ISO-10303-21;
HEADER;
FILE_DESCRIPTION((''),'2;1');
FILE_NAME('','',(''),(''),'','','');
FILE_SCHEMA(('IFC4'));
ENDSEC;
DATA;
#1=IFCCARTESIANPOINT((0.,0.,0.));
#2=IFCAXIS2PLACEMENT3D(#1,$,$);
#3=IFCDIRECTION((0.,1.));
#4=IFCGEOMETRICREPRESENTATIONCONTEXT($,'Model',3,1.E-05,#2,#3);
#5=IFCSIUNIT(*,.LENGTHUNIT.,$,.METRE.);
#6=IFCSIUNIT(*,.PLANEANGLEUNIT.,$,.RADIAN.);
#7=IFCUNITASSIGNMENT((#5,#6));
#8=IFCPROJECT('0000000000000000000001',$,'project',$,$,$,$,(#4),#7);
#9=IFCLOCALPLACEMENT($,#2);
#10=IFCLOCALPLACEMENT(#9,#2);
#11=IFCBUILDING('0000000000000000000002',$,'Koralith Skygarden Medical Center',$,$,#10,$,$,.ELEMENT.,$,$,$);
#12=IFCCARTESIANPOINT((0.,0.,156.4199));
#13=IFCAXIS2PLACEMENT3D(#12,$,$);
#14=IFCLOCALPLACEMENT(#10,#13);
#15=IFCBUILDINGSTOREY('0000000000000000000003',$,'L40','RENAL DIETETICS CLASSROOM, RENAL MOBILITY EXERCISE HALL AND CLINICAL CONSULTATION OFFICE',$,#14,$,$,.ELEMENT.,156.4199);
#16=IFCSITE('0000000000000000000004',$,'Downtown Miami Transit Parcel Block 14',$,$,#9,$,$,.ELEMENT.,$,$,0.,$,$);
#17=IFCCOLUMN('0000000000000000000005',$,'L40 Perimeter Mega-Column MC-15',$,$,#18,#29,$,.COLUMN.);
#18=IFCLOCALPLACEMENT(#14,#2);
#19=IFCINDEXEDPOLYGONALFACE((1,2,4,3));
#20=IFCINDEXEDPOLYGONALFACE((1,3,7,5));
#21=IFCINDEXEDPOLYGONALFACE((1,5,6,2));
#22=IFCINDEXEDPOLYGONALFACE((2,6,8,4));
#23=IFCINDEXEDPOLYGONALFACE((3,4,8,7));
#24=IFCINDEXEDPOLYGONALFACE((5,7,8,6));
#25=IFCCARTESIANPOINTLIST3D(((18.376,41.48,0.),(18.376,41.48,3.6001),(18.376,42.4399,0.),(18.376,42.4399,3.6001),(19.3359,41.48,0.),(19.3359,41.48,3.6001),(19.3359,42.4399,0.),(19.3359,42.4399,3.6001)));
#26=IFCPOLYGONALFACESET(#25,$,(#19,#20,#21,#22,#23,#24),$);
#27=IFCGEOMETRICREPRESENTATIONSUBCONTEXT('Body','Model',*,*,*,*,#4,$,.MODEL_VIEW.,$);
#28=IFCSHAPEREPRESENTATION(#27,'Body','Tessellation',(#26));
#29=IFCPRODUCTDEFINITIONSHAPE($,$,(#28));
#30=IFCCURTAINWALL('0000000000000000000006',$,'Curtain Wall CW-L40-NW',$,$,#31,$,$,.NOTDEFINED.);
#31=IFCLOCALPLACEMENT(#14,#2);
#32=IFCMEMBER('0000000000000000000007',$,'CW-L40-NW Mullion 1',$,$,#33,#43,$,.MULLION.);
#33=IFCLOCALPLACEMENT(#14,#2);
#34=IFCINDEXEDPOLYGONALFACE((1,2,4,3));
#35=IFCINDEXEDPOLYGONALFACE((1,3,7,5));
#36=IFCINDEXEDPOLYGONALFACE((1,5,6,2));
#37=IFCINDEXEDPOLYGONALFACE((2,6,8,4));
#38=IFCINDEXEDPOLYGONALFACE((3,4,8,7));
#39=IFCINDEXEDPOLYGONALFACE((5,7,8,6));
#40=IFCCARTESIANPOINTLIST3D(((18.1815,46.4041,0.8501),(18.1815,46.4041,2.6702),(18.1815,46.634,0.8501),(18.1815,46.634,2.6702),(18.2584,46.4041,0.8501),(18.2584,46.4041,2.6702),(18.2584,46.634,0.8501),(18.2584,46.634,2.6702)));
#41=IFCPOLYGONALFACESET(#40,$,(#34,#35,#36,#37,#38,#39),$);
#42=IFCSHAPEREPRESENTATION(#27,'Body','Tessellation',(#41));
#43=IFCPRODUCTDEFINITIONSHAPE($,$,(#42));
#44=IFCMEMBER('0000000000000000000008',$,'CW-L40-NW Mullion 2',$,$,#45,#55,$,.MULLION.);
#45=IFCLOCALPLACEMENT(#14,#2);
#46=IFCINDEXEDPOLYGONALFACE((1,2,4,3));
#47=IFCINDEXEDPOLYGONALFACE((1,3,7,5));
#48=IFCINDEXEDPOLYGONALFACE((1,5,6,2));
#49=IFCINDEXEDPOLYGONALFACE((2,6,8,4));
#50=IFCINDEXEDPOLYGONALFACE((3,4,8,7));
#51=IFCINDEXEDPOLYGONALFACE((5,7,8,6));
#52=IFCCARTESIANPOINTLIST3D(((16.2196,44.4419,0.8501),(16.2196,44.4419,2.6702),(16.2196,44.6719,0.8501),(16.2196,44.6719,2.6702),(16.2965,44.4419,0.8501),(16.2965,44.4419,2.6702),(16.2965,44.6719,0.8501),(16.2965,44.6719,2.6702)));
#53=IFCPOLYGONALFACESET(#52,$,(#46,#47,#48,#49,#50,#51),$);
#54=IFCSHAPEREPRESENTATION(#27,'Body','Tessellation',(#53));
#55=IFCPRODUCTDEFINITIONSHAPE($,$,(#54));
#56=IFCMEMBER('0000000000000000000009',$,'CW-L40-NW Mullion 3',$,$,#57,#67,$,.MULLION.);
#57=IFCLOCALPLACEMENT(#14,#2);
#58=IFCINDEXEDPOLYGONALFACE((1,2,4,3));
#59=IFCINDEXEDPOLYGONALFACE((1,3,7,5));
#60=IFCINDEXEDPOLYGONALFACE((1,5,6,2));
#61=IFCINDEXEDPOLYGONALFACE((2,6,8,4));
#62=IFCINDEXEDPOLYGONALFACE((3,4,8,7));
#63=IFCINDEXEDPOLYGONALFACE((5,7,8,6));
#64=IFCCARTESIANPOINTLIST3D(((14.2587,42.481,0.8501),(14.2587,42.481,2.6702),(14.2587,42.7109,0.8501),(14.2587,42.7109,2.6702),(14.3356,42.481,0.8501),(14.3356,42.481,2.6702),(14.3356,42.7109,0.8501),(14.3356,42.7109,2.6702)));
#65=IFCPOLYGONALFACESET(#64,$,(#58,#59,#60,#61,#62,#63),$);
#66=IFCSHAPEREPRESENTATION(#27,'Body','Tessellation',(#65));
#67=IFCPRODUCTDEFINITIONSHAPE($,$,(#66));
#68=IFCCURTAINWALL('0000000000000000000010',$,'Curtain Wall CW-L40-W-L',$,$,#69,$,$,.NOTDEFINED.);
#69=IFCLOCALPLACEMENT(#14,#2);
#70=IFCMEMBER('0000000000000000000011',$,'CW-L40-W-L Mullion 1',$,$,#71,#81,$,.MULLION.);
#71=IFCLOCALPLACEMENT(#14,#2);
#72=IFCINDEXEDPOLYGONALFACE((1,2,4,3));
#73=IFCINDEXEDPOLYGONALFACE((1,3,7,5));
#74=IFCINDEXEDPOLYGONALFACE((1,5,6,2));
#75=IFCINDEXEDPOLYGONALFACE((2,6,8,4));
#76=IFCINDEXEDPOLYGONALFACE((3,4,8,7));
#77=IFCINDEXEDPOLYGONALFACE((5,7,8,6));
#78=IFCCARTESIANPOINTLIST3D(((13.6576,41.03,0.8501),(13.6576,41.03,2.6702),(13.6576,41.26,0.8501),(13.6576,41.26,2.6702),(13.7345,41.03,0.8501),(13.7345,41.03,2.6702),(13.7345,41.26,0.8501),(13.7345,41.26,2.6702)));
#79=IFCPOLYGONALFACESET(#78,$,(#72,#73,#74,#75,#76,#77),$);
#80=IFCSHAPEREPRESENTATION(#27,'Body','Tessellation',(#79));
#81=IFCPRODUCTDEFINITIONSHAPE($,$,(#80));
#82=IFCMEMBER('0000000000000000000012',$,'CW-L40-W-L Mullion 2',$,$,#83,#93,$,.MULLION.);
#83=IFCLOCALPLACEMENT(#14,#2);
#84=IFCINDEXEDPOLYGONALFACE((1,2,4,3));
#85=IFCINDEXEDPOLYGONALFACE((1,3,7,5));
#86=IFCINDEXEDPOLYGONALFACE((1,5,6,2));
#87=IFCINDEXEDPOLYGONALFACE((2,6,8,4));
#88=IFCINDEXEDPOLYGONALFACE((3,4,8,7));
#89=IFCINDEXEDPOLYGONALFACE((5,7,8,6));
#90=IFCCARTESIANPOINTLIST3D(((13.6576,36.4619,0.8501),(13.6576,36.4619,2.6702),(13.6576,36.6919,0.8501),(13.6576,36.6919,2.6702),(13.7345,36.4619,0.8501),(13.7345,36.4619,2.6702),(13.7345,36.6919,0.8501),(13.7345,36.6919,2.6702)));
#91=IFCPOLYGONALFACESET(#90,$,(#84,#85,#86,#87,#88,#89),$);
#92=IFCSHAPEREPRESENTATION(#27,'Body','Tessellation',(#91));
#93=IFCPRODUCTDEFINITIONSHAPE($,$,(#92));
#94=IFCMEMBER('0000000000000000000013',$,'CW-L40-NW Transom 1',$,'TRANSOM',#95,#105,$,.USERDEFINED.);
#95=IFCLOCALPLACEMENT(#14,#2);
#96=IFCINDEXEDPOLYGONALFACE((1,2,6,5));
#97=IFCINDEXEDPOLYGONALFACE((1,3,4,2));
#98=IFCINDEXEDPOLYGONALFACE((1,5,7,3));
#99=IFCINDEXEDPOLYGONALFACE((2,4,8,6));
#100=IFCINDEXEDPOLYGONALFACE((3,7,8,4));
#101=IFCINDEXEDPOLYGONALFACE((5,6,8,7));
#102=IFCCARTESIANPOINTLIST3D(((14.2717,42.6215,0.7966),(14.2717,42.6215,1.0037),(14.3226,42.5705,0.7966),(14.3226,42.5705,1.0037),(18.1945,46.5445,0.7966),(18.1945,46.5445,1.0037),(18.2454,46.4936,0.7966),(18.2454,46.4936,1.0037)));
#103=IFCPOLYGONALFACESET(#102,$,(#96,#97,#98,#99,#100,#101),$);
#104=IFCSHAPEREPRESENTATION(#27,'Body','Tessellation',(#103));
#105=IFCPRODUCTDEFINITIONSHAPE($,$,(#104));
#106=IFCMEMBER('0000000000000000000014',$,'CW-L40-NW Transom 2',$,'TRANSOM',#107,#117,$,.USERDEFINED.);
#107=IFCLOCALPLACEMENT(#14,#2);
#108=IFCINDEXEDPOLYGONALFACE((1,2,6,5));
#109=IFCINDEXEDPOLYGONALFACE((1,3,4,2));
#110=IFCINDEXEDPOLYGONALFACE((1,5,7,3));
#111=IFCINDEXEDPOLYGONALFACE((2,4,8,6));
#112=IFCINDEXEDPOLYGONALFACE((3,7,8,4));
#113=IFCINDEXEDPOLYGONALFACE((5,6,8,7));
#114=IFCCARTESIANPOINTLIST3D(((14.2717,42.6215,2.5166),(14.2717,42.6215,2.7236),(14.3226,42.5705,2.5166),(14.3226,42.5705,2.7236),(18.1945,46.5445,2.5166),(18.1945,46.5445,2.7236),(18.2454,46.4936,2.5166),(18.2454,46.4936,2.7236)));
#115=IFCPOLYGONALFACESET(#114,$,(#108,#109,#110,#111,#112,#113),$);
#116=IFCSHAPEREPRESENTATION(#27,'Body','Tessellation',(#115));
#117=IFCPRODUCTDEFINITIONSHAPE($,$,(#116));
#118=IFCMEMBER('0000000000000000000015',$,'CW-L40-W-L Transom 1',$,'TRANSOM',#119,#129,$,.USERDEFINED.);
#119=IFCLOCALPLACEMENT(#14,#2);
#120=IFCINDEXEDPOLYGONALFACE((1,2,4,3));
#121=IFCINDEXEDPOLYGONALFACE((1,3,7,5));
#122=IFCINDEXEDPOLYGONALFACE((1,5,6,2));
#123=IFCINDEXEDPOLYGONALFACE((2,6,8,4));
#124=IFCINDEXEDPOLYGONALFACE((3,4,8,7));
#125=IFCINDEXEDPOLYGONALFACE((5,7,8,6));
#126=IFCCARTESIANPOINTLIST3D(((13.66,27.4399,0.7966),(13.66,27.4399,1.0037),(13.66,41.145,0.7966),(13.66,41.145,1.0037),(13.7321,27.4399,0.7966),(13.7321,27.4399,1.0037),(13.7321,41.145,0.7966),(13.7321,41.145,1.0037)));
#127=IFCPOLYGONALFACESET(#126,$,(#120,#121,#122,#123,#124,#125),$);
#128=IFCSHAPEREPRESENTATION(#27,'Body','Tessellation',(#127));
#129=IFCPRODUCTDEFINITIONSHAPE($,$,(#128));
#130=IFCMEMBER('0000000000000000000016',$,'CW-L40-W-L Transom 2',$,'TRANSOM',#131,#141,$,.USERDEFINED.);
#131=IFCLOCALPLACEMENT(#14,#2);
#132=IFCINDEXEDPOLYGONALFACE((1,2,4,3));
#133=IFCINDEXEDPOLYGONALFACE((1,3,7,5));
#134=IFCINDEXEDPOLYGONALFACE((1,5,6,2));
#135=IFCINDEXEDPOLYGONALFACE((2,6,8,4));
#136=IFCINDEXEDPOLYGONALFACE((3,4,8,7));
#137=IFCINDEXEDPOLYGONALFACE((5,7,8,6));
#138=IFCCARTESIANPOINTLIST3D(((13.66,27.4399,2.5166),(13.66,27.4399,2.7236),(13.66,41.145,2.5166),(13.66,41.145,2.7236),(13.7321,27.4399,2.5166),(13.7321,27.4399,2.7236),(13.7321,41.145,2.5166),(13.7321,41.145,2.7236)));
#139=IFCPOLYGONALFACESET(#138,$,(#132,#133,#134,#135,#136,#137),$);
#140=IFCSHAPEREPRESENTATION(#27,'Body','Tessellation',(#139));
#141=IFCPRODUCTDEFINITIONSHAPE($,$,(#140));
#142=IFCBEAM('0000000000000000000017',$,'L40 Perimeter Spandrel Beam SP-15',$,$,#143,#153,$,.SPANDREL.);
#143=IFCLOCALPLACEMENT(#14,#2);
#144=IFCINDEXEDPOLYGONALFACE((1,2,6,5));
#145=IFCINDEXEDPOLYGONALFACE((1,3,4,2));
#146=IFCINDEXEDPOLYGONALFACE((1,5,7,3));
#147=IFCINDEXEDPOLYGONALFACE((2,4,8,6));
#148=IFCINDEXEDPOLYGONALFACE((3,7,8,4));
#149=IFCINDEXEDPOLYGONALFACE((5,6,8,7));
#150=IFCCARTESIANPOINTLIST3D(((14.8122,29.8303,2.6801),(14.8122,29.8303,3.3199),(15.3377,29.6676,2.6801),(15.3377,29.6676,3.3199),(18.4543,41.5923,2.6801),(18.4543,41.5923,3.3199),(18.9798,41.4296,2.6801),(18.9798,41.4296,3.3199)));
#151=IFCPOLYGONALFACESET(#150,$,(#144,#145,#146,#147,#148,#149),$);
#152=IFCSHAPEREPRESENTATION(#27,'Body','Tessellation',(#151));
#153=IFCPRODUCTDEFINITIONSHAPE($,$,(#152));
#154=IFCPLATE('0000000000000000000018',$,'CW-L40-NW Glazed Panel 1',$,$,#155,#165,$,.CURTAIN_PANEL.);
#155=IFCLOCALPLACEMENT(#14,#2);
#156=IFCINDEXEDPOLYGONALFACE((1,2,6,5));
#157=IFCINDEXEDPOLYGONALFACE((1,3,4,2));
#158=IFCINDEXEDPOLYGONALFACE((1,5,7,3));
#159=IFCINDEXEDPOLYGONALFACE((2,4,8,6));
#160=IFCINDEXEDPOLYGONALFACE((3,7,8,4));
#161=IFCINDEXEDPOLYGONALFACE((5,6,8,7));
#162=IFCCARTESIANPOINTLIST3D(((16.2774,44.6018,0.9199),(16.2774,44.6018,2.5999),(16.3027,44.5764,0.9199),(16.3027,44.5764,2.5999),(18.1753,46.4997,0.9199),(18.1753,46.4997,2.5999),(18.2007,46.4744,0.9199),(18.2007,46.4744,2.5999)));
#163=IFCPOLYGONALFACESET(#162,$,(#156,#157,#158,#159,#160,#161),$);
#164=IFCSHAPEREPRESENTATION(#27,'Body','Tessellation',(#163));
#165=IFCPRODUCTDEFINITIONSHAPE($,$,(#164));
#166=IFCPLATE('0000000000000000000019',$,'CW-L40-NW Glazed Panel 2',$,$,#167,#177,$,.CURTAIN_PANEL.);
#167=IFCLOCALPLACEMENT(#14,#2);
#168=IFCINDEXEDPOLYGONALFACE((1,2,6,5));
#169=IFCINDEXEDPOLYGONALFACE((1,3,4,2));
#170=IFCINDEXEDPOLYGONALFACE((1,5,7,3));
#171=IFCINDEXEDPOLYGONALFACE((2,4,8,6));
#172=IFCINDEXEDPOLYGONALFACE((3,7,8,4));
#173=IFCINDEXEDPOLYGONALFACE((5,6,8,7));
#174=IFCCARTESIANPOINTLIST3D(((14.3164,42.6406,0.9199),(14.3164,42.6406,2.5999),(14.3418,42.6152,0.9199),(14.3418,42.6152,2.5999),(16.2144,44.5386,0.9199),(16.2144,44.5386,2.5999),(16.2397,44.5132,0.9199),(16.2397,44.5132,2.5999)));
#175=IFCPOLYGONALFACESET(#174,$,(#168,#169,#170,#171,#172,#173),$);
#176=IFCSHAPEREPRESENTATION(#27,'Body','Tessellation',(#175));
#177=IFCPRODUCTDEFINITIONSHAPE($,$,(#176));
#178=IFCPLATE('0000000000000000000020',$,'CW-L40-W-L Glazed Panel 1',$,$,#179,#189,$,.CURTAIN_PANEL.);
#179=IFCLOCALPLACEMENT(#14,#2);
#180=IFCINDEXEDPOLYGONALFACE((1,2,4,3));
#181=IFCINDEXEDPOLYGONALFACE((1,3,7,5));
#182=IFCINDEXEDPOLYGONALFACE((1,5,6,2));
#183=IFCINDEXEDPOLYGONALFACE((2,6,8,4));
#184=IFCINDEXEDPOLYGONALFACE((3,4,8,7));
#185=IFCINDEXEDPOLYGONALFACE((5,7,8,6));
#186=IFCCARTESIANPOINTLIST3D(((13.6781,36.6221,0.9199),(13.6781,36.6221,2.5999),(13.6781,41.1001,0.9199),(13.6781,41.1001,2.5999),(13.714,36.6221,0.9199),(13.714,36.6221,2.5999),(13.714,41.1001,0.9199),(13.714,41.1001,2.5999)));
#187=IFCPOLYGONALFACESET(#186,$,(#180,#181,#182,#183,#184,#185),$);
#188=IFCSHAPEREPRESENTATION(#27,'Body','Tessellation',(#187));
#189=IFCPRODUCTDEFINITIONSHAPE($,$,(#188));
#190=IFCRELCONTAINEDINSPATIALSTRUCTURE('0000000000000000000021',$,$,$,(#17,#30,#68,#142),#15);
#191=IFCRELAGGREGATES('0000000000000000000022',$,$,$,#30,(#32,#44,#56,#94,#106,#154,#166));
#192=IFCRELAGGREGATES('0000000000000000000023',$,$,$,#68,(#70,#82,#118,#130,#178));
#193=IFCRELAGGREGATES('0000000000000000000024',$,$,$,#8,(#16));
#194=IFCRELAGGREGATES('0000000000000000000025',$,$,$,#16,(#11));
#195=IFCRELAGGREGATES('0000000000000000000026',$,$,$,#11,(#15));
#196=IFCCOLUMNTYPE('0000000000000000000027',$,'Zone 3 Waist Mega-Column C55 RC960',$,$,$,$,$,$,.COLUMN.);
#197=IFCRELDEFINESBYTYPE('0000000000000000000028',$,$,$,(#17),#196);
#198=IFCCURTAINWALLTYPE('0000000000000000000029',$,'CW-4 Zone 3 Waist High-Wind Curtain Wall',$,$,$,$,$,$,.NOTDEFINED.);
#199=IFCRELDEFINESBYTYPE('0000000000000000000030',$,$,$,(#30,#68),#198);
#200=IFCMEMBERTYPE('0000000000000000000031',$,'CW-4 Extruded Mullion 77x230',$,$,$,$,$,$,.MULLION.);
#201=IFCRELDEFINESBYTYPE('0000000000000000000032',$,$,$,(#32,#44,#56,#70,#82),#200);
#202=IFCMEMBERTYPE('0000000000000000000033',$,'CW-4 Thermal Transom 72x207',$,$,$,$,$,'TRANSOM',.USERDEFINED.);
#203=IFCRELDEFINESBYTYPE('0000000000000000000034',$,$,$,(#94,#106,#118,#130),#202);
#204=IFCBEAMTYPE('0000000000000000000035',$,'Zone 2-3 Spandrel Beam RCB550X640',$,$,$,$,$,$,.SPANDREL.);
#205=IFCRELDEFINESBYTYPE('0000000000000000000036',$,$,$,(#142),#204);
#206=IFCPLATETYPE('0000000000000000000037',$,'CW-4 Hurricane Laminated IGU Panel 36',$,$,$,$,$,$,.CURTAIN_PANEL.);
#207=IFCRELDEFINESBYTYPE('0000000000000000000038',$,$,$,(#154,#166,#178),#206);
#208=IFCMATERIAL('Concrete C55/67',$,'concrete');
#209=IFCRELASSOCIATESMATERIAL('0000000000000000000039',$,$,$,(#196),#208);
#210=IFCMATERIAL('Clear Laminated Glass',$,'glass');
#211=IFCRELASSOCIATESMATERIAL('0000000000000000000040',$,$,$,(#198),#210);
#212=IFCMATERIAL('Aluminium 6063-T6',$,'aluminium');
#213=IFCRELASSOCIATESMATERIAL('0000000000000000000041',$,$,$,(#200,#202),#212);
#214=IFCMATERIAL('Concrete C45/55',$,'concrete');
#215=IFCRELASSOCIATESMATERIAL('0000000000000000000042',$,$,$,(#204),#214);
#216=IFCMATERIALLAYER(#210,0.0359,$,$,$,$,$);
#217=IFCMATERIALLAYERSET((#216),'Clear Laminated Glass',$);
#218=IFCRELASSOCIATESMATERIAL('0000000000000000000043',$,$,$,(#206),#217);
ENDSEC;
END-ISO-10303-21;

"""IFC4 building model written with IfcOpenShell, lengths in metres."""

from ifc_helpers import new_model, si_unit, direction, frame, origin, origin_2d, place, context, subcontext, project, spatial, rectangle, extrude, material, layer, layer_set, material_profile, profile_set, type_object, element, aggregate, save


model = new_model("IFC4")

# Units and contexts
model_context = context("Model", 3, precision=1e-05, world=origin(), true_north=direction((0.0, 1.0)))
body_context = subcontext(model_context, "Body", "Model", "MODEL_VIEW")
ifc_project = project(units=[si_unit("LENGTHUNIT", "METRE"), si_unit("PLANEANGLEUNIT", "RADIAN")], contexts=[model_context])

# Site, building, storey
site_placement = place(None, origin())
site = spatial("IfcSite", under=ifc_project, at=site_placement, Name="Downtown Miami Transit Parcel Block 14", CompositionType="ELEMENT", RefElevation=0.0)
building_placement = place(site_placement, origin())
building = spatial("IfcBuilding", under=site, at=building_placement, Name="Koralith Skygarden Medical Center", CompositionType="ELEMENT")
storey_placement = place(building_placement, frame((0.0, 0.0, 156.4199)))
storey = spatial("IfcBuildingStorey", under=building, at=storey_placement, Name="L40", Description="RENAL DIETETICS CLASSROOM, RENAL MOBILITY EXERCISE HALL AND CLINICAL CONSULTATION OFFICE", CompositionType="ELEMENT", Elevation=156.4199)

# Column
ifc_material_1 = material(Name="Concrete C55/67", Category="concrete")
ifc_material_profile_1 = material_profile(ifc_material_1, rectangle(XDim=0.96, YDim=0.96, at=origin_2d()), Name="RC960X960")
ifc_profile_set_1 = profile_set([ifc_material_profile_1], Name="Concrete C55/67")
column_type = type_object("IfcColumnType", Name="Zone 3 Waist Mega-Column C55 RC960", PredefinedType="COLUMN", material=ifc_profile_set_1)
column_placement = place(storey_placement, frame((18.856, 41.96, 0.0), z_axis=(0.0, 0.0, 1.0), x_axis=(1.0, 0.0, 0.0)))
element("IfcColumn", 1, at=column_placement, inside=storey, type_object=column_type, Name="L40 Perimeter Mega-Column MC-15", PredefinedType="COLUMN", context=body_context, shape_type="SweptSolid", body=[
    extrude(rectangle(XDim=0.96, YDim=0.96, at=origin_2d()), origin(), (0.0, 0.0, 1.0), 3.6001),
])

# Curtain walls, members
ifc_material_2 = material(Name="Clear Laminated Glass", Category="glass")
curtain_wall_type = type_object("IfcCurtainWallType", Name="CW-4 Zone 3 Waist High-Wind Curtain Wall", PredefinedType="NOTDEFINED", material=ifc_material_2)
curtain_wall_1_placement = place(storey_placement, origin())
curtain_wall_1 = element("IfcCurtainWall", 2, at=curtain_wall_1_placement, inside=storey, type_object=curtain_wall_type, Name="Curtain Wall CW-L40-NW", PredefinedType="NOTDEFINED")
ifc_material_3 = material(Name="Aluminium 6063-T6", Category="aluminium")
ifc_material_profile_2 = material_profile(ifc_material_3, rectangle(XDim=0.0769, YDim=0.23, at=origin_2d()), Name="MUL77X230")
ifc_profile_set_2 = profile_set([ifc_material_profile_2], Name="Aluminium 6063-T6")
member_type_1 = type_object("IfcMemberType", Name="CW-4 Extruded Mullion 77x230", PredefinedType="MULLION", material=ifc_profile_set_2)
member_1_placement = place(storey_placement, frame((18.22, 46.519, 0.8501), z_axis=(0.0, 0.0, 1.0), x_axis=(1.0, 0.0, 0.0)))
member_1 = element("IfcMember", 3, at=member_1_placement, type_object=member_type_1, Name="CW-L40-NW Mullion 1", PredefinedType="MULLION", context=body_context, shape_type="SweptSolid", body=[
    extrude(rectangle(XDim=0.0769, YDim=0.23, at=origin_2d()), origin(), (0.0, 0.0, 1.0), 1.8201),
])
member_2_placement = place(storey_placement, frame((16.2581, 44.5569, 0.8501), z_axis=(0.0, 0.0, 1.0), x_axis=(1.0, 0.0, 0.0)))
member_2 = element("IfcMember", 4, at=member_2_placement, type_object=member_type_1, Name="CW-L40-NW Mullion 2", PredefinedType="MULLION", context=body_context, shape_type="SweptSolid", body=[
    extrude(rectangle(XDim=0.0769, YDim=0.23, at=origin_2d()), origin(), (0.0, 0.0, 1.0), 1.8201),
])
member_3_placement = place(storey_placement, frame((14.2971, 42.5959, 0.8501), z_axis=(0.0, 0.0, 1.0), x_axis=(1.0, 0.0, 0.0)))
member_3 = element("IfcMember", 5, at=member_3_placement, type_object=member_type_1, Name="CW-L40-NW Mullion 3", PredefinedType="MULLION", context=body_context, shape_type="SweptSolid", body=[
    extrude(rectangle(XDim=0.0769, YDim=0.23, at=origin_2d()), origin(), (0.0, 0.0, 1.0), 1.8201),
])
curtain_wall_2_placement = place(storey_placement, origin())
curtain_wall_2 = element("IfcCurtainWall", 6, at=curtain_wall_2_placement, inside=storey, type_object=curtain_wall_type, Name="Curtain Wall CW-L40-W-L", PredefinedType="NOTDEFINED")
member_4_placement = place(storey_placement, frame((13.696, 41.145, 0.8501), z_axis=(0.0, 0.0, 1.0), x_axis=(1.0, 0.0, 0.0)))
member_4 = element("IfcMember", 7, at=member_4_placement, type_object=member_type_1, Name="CW-L40-W-L Mullion 1", PredefinedType="MULLION", context=body_context, shape_type="SweptSolid", body=[
    extrude(rectangle(XDim=0.0769, YDim=0.23, at=origin_2d()), origin(), (0.0, 0.0, 1.0), 1.8201),
])
member_5_placement = place(storey_placement, frame((13.696, 36.5769, 0.8501), z_axis=(0.0, 0.0, 1.0), x_axis=(1.0, 0.0, 0.0)))
member_5 = element("IfcMember", 8, at=member_5_placement, type_object=member_type_1, Name="CW-L40-W-L Mullion 2", PredefinedType="MULLION", context=body_context, shape_type="SweptSolid", body=[
    extrude(rectangle(XDim=0.0769, YDim=0.23, at=origin_2d()), origin(), (0.0, 0.0, 1.0), 1.8201),
])

# Members
ifc_material_profile_3 = material_profile(ifc_material_3, rectangle(XDim=0.072, YDim=0.207, at=origin_2d()), Name="TRN72X207")
ifc_profile_set_3 = profile_set([ifc_material_profile_3], Name="Aluminium 6063-T6")
member_type_2 = type_object("IfcMemberType", Name="CW-4 Thermal Transom 72x207", ElementType="TRANSOM", PredefinedType="USERDEFINED", material=ifc_profile_set_3)
member_6_placement = place(storey_placement, frame((18.22, 46.519, 0.9001), z_axis=(-0.707085, -0.707129, 0.0), x_axis=(0.707129, -0.707085, 0.0)))
member_6 = element("IfcMember", 9, at=member_6_placement, type_object=member_type_2, Name="CW-L40-NW Transom 1", ObjectType="TRANSOM", PredefinedType="USERDEFINED", context=body_context, shape_type="SweptSolid", body=[
    extrude(rectangle(XDim=0.072, YDim=0.207, at=origin_2d()), origin(), (0.0, 0.0, 1.0), 5.5479),
])
member_7_placement = place(storey_placement, frame((18.22, 46.519, 2.6201), z_axis=(-0.707085, -0.707129, 0.0), x_axis=(0.707129, -0.707085, 0.0)))
member_7 = element("IfcMember", 10, at=member_7_placement, type_object=member_type_2, Name="CW-L40-NW Transom 2", ObjectType="TRANSOM", PredefinedType="USERDEFINED", context=body_context, shape_type="SweptSolid", body=[
    extrude(rectangle(XDim=0.072, YDim=0.207, at=origin_2d()), origin(), (0.0, 0.0, 1.0), 5.5479),
])
member_8_placement = place(storey_placement, frame((13.696, 41.145, 0.9001), z_axis=(0.0, -1.0, 0.0), x_axis=(1.0, 0.0, 0.0)))
member_8 = element("IfcMember", 11, at=member_8_placement, type_object=member_type_2, Name="CW-L40-W-L Transom 1", ObjectType="TRANSOM", PredefinedType="USERDEFINED", context=body_context, shape_type="SweptSolid", body=[
    extrude(rectangle(XDim=0.072, YDim=0.207, at=origin_2d()), origin(), (0.0, 0.0, 1.0), 13.7051),
])
member_9_placement = place(storey_placement, frame((13.696, 41.145, 2.6201), z_axis=(0.0, -1.0, 0.0), x_axis=(1.0, 0.0, 0.0)))
member_9 = element("IfcMember", 12, at=member_9_placement, type_object=member_type_2, Name="CW-L40-W-L Transom 2", ObjectType="TRANSOM", PredefinedType="USERDEFINED", context=body_context, shape_type="SweptSolid", body=[
    extrude(rectangle(XDim=0.072, YDim=0.207, at=origin_2d()), origin(), (0.0, 0.0, 1.0), 13.7051),
])

# Beam
ifc_material_4 = material(Name="Concrete C45/55", Category="concrete")
ifc_material_profile_4 = material_profile(ifc_material_4, rectangle(XDim=0.55, YDim=0.6399, at=origin_2d()), Name="RCB550X640")
ifc_profile_set_4 = profile_set([ifc_material_profile_4], Name="Concrete C45/55")
beam_type = type_object("IfcBeamType", Name="Zone 2-3 Spandrel Beam RCB550X640", PredefinedType="SPANDREL", material=ifc_profile_set_4)
beam_placement = place(storey_placement, frame((18.717, 41.511, 3.0), z_axis=(-0.295794, -0.955252, 0.0), x_axis=(0.955252, -0.295794, 0.0)))
element("IfcBeam", 13, at=beam_placement, inside=storey, type_object=beam_type, Name="L40 Perimeter Spandrel Beam SP-15", PredefinedType="SPANDREL", context=body_context, shape_type="SweptSolid", body=[
    extrude(rectangle(XDim=0.55, YDim=0.6399, at=origin_2d()), origin(), (0.0, 0.0, 1.0), 12.313),
])

# Plates
ifc_layer_1 = layer(ifc_material_2, 0.0359)
ifc_layer_set_1 = layer_set([ifc_layer_1], Name="Clear Laminated Glass")
plate_type_1 = type_object("IfcPlateType", Name="CW-4 Hurricane Laminated IGU Panel 36", PredefinedType="CURTAIN_PANEL", material=ifc_layer_set_1)
plate_1_placement = place(storey_placement, frame((17.239, 45.5381, 0.9199), z_axis=(0.0, 0.0, 1.0), x_axis=(-0.707107, -0.707107, 0.0)))
plate_1 = element("IfcPlate", 14, at=plate_1_placement, type_object=plate_type_1, Name="CW-L40-NW Glazed Panel 1", PredefinedType="CURTAIN_PANEL", context=body_context, shape_type="SweptSolid", body=[
    extrude(rectangle(XDim=2.6841, YDim=0.0359, at=origin_2d()), origin(), (0.0, 0.0, 1.0), 1.6799),
])
plate_2_placement = place(storey_placement, frame((15.2781, 43.5769, 0.9199), z_axis=(0.0, 0.0, 1.0), x_axis=(-0.707107, -0.707107, 0.0)))
plate_2 = element("IfcPlate", 15, at=plate_2_placement, type_object=plate_type_1, Name="CW-L40-NW Glazed Panel 2", PredefinedType="CURTAIN_PANEL", context=body_context, shape_type="SweptSolid", body=[
    extrude(rectangle(XDim=2.6841, YDim=0.0359, at=origin_2d()), origin(), (0.0, 0.0, 1.0), 1.6799),
])
aggregate(curtain_wall_1, [member_1, member_2, member_3, member_6, member_7, plate_1, plate_2])
plate_3_placement = place(storey_placement, frame((13.696, 38.8611, 0.9199), z_axis=(0.0, 0.0, 1.0), x_axis=(0.0, -1.0, 0.0)))
plate_3 = element("IfcPlate", 16, at=plate_3_placement, type_object=plate_type_1, Name="CW-L40-W-L Glazed Panel 1", PredefinedType="CURTAIN_PANEL", context=body_context, shape_type="SweptSolid", body=[
    extrude(rectangle(XDim=4.478, YDim=0.0359, at=origin_2d()), origin(), (0.0, 0.0, 1.0), 1.6799),
])
aggregate(curtain_wall_2, [member_4, member_5, member_8, member_9, plate_3])

save(model, "model.ifc")
